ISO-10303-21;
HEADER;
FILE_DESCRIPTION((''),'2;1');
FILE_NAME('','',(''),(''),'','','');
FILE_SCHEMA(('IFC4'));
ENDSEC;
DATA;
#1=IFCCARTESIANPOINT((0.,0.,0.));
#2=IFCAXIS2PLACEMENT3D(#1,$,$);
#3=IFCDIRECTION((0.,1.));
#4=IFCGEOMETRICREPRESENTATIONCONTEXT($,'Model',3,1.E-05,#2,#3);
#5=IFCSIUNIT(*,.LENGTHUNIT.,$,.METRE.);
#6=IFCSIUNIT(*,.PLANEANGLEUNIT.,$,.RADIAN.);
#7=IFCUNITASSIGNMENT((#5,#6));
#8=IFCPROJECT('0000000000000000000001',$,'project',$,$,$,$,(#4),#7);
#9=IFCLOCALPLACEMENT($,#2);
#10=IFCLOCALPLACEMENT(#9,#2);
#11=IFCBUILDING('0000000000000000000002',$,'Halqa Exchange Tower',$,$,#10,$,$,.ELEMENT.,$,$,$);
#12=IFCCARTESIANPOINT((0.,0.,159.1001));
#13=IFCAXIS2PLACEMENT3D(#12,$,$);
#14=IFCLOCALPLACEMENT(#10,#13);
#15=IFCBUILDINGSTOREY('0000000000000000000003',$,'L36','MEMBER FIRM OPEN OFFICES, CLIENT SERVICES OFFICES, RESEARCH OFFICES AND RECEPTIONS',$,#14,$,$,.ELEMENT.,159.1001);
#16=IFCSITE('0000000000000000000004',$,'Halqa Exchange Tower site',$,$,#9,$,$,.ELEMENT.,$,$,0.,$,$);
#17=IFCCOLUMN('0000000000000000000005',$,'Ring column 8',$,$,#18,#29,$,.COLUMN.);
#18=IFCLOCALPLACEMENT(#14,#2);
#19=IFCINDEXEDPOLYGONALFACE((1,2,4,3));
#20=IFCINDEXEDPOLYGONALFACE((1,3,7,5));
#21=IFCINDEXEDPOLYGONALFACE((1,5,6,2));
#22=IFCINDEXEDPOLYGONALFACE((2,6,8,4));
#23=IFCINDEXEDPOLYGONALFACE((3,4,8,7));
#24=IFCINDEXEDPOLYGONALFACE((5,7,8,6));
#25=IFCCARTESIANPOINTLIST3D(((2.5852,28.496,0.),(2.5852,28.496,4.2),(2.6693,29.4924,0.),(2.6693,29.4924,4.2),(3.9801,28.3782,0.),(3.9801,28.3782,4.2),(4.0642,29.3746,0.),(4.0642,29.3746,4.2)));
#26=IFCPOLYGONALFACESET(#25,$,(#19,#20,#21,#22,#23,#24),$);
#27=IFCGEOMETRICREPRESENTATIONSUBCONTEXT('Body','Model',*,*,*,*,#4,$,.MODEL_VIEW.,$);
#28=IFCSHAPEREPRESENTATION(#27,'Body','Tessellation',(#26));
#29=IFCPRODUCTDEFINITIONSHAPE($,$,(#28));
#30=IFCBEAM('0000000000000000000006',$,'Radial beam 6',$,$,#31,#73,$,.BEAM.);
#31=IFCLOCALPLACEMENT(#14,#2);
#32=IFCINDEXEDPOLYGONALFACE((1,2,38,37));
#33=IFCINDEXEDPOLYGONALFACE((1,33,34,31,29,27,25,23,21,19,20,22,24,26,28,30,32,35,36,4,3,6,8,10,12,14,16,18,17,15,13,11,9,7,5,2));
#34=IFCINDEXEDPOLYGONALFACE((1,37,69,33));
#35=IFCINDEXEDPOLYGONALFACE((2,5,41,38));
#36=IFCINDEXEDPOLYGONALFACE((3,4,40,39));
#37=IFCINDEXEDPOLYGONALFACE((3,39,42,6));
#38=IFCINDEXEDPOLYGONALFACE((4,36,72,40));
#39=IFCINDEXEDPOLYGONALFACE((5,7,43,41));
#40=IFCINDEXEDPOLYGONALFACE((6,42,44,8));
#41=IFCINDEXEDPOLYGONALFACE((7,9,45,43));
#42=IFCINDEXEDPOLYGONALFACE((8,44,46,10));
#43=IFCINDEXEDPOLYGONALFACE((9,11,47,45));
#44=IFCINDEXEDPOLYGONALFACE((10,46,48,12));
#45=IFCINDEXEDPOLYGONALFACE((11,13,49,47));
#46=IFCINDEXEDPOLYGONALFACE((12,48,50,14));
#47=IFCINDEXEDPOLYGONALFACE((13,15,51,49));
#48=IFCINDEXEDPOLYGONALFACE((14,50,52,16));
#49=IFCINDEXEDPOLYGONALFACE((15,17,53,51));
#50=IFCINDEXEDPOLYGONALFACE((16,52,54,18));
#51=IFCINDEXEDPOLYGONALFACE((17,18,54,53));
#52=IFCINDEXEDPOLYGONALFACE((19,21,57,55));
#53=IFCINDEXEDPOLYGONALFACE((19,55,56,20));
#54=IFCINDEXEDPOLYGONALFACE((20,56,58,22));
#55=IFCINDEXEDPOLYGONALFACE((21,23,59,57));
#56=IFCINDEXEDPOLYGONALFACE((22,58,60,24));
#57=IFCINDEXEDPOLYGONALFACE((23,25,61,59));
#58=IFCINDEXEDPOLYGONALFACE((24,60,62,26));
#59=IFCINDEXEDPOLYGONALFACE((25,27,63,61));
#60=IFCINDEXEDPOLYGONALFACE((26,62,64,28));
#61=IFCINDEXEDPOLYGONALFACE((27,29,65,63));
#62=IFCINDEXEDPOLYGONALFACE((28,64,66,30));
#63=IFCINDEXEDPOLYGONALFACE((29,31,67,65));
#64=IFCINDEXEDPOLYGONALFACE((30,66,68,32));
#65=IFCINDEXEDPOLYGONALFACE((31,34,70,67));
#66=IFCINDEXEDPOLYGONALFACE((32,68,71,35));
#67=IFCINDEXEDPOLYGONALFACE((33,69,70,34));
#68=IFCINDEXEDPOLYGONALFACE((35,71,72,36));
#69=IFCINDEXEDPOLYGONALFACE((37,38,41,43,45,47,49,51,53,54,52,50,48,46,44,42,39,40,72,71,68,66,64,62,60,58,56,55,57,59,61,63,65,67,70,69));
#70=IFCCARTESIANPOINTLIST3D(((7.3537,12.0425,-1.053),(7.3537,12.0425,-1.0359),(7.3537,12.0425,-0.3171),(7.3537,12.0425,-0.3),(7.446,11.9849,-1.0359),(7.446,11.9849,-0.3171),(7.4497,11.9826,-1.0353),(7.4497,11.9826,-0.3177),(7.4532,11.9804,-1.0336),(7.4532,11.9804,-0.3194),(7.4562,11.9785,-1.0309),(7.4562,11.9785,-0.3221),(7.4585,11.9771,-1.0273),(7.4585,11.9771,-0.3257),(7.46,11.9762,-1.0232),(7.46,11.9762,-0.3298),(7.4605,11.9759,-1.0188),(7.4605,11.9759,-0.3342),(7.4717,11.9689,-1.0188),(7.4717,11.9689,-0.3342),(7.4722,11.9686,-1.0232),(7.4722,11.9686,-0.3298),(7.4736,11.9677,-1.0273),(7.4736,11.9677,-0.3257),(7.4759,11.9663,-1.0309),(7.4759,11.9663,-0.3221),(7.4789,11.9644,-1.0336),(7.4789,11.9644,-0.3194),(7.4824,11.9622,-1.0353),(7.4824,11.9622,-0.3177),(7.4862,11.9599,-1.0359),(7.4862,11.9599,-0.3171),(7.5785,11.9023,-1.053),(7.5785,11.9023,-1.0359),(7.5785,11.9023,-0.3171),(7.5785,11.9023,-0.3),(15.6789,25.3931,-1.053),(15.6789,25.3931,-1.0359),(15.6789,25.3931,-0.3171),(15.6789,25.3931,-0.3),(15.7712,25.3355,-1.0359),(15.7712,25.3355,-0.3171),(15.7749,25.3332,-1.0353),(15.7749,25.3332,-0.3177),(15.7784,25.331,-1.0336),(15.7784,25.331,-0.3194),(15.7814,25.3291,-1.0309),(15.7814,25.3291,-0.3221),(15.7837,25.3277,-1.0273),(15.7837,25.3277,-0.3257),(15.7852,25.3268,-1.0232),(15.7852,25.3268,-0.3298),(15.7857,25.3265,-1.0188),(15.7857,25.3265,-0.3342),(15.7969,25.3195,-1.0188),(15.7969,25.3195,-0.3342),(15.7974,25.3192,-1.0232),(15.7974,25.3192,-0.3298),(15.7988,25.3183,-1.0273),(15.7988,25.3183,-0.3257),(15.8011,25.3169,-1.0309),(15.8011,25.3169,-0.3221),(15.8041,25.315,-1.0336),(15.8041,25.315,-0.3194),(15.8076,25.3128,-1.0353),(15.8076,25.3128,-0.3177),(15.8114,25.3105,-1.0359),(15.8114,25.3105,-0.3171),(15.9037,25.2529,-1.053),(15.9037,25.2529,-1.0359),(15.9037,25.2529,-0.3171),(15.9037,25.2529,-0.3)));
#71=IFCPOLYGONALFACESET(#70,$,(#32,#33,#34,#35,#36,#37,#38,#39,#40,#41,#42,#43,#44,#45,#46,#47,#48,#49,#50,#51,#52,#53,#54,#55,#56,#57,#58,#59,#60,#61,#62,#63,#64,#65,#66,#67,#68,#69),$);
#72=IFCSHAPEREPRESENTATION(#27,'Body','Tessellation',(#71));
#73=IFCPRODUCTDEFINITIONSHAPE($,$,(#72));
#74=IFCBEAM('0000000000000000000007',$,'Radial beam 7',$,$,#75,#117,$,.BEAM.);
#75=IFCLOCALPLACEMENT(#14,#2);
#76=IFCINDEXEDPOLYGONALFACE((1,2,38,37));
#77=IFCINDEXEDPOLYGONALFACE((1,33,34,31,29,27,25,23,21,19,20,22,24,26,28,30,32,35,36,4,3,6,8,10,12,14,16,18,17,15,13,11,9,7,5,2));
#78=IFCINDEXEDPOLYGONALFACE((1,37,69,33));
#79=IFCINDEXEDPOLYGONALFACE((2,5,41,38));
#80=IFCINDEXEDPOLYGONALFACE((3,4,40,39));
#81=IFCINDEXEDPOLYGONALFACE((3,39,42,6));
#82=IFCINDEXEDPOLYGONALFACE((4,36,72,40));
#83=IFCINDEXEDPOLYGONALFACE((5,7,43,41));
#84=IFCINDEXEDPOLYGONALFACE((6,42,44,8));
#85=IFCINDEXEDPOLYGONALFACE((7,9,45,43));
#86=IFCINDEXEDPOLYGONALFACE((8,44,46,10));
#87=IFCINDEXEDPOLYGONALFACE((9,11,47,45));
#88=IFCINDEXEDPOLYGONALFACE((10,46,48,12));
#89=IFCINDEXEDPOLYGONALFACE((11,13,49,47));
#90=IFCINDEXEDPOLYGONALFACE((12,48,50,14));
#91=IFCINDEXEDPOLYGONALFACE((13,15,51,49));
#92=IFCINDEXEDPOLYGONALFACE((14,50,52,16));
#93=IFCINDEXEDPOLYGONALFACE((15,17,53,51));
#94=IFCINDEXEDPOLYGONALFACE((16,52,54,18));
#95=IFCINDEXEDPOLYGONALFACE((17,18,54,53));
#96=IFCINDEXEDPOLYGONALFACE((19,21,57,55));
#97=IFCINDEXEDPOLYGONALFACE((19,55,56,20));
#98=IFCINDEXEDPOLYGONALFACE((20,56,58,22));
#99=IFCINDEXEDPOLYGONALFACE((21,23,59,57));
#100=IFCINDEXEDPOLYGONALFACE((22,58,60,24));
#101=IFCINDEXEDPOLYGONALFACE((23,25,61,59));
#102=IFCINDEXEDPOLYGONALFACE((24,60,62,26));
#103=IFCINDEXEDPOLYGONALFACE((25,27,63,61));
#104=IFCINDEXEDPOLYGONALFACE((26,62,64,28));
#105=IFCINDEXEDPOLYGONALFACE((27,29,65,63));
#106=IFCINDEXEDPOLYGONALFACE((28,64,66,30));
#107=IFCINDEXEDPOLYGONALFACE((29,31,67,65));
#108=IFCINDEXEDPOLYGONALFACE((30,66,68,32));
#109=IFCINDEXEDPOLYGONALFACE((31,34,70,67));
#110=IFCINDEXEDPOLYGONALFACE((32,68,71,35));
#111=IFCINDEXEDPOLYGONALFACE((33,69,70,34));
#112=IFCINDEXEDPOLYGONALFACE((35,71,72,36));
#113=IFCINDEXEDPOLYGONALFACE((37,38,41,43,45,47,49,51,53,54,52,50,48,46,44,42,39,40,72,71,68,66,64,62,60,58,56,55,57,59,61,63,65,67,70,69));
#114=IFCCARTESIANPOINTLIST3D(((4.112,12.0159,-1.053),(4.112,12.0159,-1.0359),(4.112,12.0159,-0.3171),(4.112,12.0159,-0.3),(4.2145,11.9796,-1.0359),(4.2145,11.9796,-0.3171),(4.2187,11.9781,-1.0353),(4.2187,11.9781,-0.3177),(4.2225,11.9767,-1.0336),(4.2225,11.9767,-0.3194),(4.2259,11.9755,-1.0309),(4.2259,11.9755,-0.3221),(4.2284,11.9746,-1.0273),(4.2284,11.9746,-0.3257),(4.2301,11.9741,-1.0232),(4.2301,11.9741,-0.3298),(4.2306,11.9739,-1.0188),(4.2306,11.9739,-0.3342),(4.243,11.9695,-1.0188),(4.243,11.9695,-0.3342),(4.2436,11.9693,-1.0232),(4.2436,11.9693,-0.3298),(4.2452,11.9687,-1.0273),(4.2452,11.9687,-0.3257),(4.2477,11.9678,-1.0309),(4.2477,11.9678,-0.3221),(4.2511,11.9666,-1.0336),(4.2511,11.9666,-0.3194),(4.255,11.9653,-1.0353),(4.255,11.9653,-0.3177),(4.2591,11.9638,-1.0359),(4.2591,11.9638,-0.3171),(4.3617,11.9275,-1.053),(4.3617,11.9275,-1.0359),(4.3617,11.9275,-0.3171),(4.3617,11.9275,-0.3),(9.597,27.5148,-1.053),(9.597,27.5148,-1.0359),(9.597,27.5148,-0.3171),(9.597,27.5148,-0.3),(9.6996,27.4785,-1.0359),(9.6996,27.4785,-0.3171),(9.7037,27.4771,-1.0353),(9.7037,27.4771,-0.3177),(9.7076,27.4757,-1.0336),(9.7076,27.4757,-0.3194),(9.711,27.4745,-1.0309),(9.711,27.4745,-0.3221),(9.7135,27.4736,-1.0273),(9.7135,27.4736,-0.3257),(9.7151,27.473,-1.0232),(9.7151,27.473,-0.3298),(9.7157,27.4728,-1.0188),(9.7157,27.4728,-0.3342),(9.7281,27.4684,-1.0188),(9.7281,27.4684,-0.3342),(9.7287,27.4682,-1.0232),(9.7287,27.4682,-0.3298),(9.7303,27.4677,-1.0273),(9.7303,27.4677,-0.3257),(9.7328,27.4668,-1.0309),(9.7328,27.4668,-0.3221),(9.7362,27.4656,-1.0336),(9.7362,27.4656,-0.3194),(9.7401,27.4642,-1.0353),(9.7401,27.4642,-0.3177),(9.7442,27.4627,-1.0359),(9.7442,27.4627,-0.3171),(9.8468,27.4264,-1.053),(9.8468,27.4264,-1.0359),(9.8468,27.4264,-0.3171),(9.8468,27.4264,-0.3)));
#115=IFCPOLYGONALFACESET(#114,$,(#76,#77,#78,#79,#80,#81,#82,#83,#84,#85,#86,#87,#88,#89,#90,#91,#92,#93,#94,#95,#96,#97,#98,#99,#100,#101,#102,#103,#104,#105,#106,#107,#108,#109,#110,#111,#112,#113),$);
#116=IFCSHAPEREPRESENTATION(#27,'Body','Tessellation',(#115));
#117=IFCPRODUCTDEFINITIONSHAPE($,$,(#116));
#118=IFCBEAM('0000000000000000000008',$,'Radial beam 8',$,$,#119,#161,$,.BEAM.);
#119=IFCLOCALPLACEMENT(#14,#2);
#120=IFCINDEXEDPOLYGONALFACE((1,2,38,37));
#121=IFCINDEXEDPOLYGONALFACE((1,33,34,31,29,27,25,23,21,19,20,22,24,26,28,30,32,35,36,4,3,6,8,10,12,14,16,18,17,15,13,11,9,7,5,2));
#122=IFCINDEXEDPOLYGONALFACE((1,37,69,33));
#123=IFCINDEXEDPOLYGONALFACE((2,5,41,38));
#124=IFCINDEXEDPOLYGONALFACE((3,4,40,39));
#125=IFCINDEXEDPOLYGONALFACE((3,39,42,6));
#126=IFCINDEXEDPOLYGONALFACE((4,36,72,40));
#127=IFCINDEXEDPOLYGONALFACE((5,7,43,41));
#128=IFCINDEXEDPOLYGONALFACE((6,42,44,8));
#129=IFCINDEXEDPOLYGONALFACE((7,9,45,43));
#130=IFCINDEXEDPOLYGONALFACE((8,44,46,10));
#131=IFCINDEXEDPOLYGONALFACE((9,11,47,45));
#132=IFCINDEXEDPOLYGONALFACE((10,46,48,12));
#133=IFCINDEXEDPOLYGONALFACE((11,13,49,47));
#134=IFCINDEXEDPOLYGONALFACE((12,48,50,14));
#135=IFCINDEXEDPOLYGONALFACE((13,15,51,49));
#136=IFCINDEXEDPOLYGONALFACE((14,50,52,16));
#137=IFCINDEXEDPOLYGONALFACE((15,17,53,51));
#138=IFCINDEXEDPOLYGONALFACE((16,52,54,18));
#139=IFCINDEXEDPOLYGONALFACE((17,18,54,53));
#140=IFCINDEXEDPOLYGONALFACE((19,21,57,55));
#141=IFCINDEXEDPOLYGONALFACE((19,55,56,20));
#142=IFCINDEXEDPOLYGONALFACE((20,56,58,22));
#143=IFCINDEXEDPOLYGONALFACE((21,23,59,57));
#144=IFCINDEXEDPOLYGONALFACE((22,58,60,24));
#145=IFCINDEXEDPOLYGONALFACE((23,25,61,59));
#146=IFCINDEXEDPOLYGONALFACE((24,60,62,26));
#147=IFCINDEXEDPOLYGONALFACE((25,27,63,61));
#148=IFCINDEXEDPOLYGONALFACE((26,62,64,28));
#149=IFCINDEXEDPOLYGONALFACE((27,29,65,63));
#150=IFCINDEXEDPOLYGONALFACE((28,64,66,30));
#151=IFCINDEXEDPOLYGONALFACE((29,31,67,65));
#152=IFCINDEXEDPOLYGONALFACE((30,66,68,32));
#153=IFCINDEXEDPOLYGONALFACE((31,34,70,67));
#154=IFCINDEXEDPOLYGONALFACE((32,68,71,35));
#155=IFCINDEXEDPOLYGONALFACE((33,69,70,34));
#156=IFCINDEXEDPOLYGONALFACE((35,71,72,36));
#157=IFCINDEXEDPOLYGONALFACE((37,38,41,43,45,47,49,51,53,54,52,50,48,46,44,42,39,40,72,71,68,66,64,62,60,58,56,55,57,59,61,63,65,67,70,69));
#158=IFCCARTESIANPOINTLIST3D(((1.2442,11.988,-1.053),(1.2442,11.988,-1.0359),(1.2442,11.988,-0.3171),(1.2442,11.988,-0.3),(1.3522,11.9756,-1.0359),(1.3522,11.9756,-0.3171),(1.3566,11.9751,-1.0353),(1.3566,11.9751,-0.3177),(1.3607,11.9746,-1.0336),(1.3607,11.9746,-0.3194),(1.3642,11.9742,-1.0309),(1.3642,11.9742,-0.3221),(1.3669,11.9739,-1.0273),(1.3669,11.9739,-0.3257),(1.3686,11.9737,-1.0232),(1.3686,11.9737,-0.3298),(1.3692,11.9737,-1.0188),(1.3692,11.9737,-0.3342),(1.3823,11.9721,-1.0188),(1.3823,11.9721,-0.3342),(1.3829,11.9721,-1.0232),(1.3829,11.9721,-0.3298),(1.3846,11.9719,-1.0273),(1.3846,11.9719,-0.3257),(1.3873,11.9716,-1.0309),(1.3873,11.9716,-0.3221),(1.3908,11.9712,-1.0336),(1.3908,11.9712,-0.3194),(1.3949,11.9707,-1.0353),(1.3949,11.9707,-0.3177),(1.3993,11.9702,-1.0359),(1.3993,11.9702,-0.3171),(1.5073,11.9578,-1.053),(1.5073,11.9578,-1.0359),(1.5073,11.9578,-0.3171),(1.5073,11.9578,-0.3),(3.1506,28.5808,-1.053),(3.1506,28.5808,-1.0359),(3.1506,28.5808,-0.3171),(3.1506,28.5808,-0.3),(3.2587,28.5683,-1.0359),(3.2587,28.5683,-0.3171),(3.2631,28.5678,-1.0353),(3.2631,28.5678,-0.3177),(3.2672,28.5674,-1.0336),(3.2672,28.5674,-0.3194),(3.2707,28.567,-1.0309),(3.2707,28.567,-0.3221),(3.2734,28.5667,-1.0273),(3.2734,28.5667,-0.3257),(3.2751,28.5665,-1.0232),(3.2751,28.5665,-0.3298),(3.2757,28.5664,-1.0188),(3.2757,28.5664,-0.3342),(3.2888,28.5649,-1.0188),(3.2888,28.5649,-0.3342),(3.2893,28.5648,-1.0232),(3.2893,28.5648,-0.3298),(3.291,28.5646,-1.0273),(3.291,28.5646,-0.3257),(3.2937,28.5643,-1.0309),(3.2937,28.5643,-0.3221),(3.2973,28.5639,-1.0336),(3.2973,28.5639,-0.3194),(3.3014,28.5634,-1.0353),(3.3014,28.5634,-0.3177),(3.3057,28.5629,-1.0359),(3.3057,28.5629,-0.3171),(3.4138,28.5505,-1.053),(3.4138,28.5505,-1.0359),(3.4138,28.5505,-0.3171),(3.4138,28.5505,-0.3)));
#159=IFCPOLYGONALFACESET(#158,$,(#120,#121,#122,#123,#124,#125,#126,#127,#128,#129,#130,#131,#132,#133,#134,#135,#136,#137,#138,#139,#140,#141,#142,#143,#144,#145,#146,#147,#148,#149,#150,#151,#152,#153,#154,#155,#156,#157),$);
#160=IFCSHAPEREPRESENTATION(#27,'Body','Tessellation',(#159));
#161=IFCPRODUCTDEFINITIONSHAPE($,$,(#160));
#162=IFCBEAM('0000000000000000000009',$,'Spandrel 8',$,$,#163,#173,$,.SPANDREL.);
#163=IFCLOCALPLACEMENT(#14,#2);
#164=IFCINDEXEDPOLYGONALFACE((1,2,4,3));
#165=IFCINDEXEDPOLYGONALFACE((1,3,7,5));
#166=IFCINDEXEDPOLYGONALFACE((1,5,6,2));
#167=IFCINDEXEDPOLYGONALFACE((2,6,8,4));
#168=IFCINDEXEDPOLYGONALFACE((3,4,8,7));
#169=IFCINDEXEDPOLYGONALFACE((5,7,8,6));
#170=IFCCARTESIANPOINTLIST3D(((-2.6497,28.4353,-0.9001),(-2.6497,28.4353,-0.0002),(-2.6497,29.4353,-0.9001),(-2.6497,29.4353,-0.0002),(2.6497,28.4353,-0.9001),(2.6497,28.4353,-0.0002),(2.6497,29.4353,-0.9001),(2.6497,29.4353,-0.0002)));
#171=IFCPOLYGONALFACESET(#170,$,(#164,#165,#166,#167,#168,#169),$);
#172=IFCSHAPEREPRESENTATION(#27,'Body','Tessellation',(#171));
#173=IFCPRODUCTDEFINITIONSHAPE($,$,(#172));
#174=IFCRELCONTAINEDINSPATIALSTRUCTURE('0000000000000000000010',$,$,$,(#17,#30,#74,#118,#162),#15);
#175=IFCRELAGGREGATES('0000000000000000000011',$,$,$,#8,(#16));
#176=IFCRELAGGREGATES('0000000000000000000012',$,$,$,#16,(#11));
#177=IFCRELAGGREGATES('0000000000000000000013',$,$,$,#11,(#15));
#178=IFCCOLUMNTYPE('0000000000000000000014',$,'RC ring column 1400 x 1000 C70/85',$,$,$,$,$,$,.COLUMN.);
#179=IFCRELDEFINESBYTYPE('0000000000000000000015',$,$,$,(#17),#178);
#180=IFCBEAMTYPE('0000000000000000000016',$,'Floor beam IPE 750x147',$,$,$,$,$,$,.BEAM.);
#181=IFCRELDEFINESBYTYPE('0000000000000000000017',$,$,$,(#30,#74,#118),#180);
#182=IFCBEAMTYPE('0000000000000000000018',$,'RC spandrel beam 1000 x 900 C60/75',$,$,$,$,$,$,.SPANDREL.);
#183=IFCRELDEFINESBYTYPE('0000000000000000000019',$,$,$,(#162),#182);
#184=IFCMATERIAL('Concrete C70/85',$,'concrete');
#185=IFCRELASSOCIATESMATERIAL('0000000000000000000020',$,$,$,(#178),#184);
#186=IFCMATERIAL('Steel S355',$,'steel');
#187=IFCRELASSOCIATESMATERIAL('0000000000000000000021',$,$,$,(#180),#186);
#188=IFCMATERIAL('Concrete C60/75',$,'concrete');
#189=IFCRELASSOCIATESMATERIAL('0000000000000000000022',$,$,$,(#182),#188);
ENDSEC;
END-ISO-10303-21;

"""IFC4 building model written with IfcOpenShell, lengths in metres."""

from ifc_helpers import new_model, si_unit, direction, frame, origin, origin_2d, place, context, subcontext, project, spatial, rectangle, i_section, extrude, material, material_profile, profile_set, type_object, element, save


model = new_model("IFC4")

# Units and contexts
model_context = context("Model", 3, precision=1e-05, world=origin(), true_north=direction((0.0, 1.0)))
body_context = subcontext(model_context, "Body", "Model", "MODEL_VIEW")
ifc_project = project(units=[si_unit("LENGTHUNIT", "METRE"), si_unit("PLANEANGLEUNIT", "RADIAN")], contexts=[model_context])

# Site, building, storey
site_placement = place(None, origin())
site = spatial("IfcSite", under=ifc_project, at=site_placement, Name="Halqa Exchange Tower site", CompositionType="ELEMENT", RefElevation=0.0)
building_placement = place(site_placement, origin())
building = spatial("IfcBuilding", under=site, at=building_placement, Name="Halqa Exchange Tower", CompositionType="ELEMENT")
storey_placement = place(building_placement, frame((0.0, 0.0, 159.1001)))
storey = spatial("IfcBuildingStorey", under=building, at=storey_placement, Name="L36", Description="MEMBER FIRM OPEN OFFICES, CLIENT SERVICES OFFICES, RESEARCH OFFICES AND RECEPTIONS", CompositionType="ELEMENT", Elevation=159.1001)

# Column
ifc_material_1 = material(Name="Concrete C70/85", Category="concrete")
ifc_material_profile_1 = material_profile(ifc_material_1, rectangle(XDim=1.3999, YDim=1.0, at=origin_2d()), Name="1400 x 1000")
ifc_profile_set_1 = profile_set([ifc_material_profile_1], Name="Concrete C70/85")
column_type = type_object("IfcColumnType", Name="RC ring column 1400 x 1000 C70/85", PredefinedType="COLUMN", material=ifc_profile_set_1)
column_placement = place(storey_placement, frame((3.3247, 28.9353, 0.0), z_axis=(0.0, 0.0, 1.0), x_axis=(-0.996455, 0.084125, 0.0)))
element("IfcColumn", 1, at=column_placement, inside=storey, type_object=column_type, Name="Ring column 8", PredefinedType="COLUMN", context=body_context, shape_type="SweptSolid", body=[
    extrude(rectangle(XDim=1.3999, YDim=1.0, at=origin_2d()), origin(), (0.0, 0.0, 1.0), 4.2),
])

# Beams
ifc_material_2 = material(Name="Steel S355", Category="steel")
ifc_material_profile_2 = material_profile(ifc_material_2, i_section(OverallWidth=0.2649, OverallDepth=0.7529, WebThickness=0.0132, FlangeThickness=0.0171, FilletRadius=0.0171, at=origin_2d()), Name="IPE 750x147")
ifc_profile_set_2 = profile_set([ifc_material_profile_2], Name="Steel S355")
beam_type_1 = type_object("IfcBeamType", Name="Floor beam IPE 750x147", PredefinedType="BEAM", material=ifc_profile_set_2)
beam_1_placement = place(storey_placement, frame((7.4661, 11.9724, -0.6765), z_axis=(0.529134, 0.848538, 0.0), x_axis=(-0.848538, 0.529134, 0.0)))
element("IfcBeam", 2, at=beam_1_placement, inside=storey, type_object=beam_type_1, Name="Radial beam 6", PredefinedType="BEAM", context=body_context, shape_type="SweptSolid", body=[
    extrude(i_section(OverallWidth=0.2649, OverallDepth=0.7529, WebThickness=0.0132, FlangeThickness=0.0171, FilletRadius=0.0171, at=origin_2d()), origin(), (0.0, 0.0, 1.0), 15.7336),
])
beam_2_placement = place(storey_placement, frame((4.2368, 11.9717, -0.6765), z_axis=(0.333624, 0.942706, 0.0), x_axis=(-0.942706, 0.333624, 0.0)))
element("IfcBeam", 3, at=beam_2_placement, inside=storey, type_object=beam_type_1, Name="Radial beam 7", PredefinedType="BEAM", context=body_context, shape_type="SweptSolid", body=[
    extrude(i_section(OverallWidth=0.2649, OverallDepth=0.7529, WebThickness=0.0132, FlangeThickness=0.0171, FilletRadius=0.0171, at=origin_2d()), origin(), (0.0, 0.0, 1.0), 16.4409),
])
beam_3_placement = place(storey_placement, frame((1.3757, 11.9729, -0.6765), z_axis=(0.114148, 0.993464, 0.0), x_axis=(-0.993464, 0.114148, 0.0)))
element("IfcBeam", 4, at=beam_3_placement, inside=storey, type_object=beam_type_1, Name="Radial beam 8", PredefinedType="BEAM", context=body_context, shape_type="SweptSolid", body=[
    extrude(i_section(OverallWidth=0.2649, OverallDepth=0.7529, WebThickness=0.0132, FlangeThickness=0.0171, FilletRadius=0.0171, at=origin_2d()), origin(), (0.0, 0.0, 1.0), 16.7019),
])
ifc_material_3 = material(Name="Concrete C60/75", Category="concrete")
ifc_material_profile_3 = material_profile(ifc_material_3, rectangle(XDim=1.0, YDim=0.8999, at=origin_2d()), Name="1000 x 900")
ifc_profile_set_3 = profile_set([ifc_material_profile_3], Name="Concrete C60/75")
beam_type_2 = type_object("IfcBeamType", Name="RC spandrel beam 1000 x 900 C60/75", PredefinedType="SPANDREL", material=ifc_profile_set_3)
beam_4_placement = place(storey_placement, frame((2.6497, 28.9353, -0.4502), z_axis=(-1.0, 0.0, 0.0), x_axis=(0.0, -1.0, 0.0)))
element("IfcBeam", 5, at=beam_4_placement, inside=storey, type_object=beam_type_2, Name="Spandrel 8", PredefinedType="SPANDREL", context=body_context, shape_type="SweptSolid", body=[
    extrude(rectangle(XDim=1.0, YDim=0.8999, at=origin_2d()), origin(), (0.0, 0.0, 1.0), 5.2993),
])

save(model, "model.ifc")
